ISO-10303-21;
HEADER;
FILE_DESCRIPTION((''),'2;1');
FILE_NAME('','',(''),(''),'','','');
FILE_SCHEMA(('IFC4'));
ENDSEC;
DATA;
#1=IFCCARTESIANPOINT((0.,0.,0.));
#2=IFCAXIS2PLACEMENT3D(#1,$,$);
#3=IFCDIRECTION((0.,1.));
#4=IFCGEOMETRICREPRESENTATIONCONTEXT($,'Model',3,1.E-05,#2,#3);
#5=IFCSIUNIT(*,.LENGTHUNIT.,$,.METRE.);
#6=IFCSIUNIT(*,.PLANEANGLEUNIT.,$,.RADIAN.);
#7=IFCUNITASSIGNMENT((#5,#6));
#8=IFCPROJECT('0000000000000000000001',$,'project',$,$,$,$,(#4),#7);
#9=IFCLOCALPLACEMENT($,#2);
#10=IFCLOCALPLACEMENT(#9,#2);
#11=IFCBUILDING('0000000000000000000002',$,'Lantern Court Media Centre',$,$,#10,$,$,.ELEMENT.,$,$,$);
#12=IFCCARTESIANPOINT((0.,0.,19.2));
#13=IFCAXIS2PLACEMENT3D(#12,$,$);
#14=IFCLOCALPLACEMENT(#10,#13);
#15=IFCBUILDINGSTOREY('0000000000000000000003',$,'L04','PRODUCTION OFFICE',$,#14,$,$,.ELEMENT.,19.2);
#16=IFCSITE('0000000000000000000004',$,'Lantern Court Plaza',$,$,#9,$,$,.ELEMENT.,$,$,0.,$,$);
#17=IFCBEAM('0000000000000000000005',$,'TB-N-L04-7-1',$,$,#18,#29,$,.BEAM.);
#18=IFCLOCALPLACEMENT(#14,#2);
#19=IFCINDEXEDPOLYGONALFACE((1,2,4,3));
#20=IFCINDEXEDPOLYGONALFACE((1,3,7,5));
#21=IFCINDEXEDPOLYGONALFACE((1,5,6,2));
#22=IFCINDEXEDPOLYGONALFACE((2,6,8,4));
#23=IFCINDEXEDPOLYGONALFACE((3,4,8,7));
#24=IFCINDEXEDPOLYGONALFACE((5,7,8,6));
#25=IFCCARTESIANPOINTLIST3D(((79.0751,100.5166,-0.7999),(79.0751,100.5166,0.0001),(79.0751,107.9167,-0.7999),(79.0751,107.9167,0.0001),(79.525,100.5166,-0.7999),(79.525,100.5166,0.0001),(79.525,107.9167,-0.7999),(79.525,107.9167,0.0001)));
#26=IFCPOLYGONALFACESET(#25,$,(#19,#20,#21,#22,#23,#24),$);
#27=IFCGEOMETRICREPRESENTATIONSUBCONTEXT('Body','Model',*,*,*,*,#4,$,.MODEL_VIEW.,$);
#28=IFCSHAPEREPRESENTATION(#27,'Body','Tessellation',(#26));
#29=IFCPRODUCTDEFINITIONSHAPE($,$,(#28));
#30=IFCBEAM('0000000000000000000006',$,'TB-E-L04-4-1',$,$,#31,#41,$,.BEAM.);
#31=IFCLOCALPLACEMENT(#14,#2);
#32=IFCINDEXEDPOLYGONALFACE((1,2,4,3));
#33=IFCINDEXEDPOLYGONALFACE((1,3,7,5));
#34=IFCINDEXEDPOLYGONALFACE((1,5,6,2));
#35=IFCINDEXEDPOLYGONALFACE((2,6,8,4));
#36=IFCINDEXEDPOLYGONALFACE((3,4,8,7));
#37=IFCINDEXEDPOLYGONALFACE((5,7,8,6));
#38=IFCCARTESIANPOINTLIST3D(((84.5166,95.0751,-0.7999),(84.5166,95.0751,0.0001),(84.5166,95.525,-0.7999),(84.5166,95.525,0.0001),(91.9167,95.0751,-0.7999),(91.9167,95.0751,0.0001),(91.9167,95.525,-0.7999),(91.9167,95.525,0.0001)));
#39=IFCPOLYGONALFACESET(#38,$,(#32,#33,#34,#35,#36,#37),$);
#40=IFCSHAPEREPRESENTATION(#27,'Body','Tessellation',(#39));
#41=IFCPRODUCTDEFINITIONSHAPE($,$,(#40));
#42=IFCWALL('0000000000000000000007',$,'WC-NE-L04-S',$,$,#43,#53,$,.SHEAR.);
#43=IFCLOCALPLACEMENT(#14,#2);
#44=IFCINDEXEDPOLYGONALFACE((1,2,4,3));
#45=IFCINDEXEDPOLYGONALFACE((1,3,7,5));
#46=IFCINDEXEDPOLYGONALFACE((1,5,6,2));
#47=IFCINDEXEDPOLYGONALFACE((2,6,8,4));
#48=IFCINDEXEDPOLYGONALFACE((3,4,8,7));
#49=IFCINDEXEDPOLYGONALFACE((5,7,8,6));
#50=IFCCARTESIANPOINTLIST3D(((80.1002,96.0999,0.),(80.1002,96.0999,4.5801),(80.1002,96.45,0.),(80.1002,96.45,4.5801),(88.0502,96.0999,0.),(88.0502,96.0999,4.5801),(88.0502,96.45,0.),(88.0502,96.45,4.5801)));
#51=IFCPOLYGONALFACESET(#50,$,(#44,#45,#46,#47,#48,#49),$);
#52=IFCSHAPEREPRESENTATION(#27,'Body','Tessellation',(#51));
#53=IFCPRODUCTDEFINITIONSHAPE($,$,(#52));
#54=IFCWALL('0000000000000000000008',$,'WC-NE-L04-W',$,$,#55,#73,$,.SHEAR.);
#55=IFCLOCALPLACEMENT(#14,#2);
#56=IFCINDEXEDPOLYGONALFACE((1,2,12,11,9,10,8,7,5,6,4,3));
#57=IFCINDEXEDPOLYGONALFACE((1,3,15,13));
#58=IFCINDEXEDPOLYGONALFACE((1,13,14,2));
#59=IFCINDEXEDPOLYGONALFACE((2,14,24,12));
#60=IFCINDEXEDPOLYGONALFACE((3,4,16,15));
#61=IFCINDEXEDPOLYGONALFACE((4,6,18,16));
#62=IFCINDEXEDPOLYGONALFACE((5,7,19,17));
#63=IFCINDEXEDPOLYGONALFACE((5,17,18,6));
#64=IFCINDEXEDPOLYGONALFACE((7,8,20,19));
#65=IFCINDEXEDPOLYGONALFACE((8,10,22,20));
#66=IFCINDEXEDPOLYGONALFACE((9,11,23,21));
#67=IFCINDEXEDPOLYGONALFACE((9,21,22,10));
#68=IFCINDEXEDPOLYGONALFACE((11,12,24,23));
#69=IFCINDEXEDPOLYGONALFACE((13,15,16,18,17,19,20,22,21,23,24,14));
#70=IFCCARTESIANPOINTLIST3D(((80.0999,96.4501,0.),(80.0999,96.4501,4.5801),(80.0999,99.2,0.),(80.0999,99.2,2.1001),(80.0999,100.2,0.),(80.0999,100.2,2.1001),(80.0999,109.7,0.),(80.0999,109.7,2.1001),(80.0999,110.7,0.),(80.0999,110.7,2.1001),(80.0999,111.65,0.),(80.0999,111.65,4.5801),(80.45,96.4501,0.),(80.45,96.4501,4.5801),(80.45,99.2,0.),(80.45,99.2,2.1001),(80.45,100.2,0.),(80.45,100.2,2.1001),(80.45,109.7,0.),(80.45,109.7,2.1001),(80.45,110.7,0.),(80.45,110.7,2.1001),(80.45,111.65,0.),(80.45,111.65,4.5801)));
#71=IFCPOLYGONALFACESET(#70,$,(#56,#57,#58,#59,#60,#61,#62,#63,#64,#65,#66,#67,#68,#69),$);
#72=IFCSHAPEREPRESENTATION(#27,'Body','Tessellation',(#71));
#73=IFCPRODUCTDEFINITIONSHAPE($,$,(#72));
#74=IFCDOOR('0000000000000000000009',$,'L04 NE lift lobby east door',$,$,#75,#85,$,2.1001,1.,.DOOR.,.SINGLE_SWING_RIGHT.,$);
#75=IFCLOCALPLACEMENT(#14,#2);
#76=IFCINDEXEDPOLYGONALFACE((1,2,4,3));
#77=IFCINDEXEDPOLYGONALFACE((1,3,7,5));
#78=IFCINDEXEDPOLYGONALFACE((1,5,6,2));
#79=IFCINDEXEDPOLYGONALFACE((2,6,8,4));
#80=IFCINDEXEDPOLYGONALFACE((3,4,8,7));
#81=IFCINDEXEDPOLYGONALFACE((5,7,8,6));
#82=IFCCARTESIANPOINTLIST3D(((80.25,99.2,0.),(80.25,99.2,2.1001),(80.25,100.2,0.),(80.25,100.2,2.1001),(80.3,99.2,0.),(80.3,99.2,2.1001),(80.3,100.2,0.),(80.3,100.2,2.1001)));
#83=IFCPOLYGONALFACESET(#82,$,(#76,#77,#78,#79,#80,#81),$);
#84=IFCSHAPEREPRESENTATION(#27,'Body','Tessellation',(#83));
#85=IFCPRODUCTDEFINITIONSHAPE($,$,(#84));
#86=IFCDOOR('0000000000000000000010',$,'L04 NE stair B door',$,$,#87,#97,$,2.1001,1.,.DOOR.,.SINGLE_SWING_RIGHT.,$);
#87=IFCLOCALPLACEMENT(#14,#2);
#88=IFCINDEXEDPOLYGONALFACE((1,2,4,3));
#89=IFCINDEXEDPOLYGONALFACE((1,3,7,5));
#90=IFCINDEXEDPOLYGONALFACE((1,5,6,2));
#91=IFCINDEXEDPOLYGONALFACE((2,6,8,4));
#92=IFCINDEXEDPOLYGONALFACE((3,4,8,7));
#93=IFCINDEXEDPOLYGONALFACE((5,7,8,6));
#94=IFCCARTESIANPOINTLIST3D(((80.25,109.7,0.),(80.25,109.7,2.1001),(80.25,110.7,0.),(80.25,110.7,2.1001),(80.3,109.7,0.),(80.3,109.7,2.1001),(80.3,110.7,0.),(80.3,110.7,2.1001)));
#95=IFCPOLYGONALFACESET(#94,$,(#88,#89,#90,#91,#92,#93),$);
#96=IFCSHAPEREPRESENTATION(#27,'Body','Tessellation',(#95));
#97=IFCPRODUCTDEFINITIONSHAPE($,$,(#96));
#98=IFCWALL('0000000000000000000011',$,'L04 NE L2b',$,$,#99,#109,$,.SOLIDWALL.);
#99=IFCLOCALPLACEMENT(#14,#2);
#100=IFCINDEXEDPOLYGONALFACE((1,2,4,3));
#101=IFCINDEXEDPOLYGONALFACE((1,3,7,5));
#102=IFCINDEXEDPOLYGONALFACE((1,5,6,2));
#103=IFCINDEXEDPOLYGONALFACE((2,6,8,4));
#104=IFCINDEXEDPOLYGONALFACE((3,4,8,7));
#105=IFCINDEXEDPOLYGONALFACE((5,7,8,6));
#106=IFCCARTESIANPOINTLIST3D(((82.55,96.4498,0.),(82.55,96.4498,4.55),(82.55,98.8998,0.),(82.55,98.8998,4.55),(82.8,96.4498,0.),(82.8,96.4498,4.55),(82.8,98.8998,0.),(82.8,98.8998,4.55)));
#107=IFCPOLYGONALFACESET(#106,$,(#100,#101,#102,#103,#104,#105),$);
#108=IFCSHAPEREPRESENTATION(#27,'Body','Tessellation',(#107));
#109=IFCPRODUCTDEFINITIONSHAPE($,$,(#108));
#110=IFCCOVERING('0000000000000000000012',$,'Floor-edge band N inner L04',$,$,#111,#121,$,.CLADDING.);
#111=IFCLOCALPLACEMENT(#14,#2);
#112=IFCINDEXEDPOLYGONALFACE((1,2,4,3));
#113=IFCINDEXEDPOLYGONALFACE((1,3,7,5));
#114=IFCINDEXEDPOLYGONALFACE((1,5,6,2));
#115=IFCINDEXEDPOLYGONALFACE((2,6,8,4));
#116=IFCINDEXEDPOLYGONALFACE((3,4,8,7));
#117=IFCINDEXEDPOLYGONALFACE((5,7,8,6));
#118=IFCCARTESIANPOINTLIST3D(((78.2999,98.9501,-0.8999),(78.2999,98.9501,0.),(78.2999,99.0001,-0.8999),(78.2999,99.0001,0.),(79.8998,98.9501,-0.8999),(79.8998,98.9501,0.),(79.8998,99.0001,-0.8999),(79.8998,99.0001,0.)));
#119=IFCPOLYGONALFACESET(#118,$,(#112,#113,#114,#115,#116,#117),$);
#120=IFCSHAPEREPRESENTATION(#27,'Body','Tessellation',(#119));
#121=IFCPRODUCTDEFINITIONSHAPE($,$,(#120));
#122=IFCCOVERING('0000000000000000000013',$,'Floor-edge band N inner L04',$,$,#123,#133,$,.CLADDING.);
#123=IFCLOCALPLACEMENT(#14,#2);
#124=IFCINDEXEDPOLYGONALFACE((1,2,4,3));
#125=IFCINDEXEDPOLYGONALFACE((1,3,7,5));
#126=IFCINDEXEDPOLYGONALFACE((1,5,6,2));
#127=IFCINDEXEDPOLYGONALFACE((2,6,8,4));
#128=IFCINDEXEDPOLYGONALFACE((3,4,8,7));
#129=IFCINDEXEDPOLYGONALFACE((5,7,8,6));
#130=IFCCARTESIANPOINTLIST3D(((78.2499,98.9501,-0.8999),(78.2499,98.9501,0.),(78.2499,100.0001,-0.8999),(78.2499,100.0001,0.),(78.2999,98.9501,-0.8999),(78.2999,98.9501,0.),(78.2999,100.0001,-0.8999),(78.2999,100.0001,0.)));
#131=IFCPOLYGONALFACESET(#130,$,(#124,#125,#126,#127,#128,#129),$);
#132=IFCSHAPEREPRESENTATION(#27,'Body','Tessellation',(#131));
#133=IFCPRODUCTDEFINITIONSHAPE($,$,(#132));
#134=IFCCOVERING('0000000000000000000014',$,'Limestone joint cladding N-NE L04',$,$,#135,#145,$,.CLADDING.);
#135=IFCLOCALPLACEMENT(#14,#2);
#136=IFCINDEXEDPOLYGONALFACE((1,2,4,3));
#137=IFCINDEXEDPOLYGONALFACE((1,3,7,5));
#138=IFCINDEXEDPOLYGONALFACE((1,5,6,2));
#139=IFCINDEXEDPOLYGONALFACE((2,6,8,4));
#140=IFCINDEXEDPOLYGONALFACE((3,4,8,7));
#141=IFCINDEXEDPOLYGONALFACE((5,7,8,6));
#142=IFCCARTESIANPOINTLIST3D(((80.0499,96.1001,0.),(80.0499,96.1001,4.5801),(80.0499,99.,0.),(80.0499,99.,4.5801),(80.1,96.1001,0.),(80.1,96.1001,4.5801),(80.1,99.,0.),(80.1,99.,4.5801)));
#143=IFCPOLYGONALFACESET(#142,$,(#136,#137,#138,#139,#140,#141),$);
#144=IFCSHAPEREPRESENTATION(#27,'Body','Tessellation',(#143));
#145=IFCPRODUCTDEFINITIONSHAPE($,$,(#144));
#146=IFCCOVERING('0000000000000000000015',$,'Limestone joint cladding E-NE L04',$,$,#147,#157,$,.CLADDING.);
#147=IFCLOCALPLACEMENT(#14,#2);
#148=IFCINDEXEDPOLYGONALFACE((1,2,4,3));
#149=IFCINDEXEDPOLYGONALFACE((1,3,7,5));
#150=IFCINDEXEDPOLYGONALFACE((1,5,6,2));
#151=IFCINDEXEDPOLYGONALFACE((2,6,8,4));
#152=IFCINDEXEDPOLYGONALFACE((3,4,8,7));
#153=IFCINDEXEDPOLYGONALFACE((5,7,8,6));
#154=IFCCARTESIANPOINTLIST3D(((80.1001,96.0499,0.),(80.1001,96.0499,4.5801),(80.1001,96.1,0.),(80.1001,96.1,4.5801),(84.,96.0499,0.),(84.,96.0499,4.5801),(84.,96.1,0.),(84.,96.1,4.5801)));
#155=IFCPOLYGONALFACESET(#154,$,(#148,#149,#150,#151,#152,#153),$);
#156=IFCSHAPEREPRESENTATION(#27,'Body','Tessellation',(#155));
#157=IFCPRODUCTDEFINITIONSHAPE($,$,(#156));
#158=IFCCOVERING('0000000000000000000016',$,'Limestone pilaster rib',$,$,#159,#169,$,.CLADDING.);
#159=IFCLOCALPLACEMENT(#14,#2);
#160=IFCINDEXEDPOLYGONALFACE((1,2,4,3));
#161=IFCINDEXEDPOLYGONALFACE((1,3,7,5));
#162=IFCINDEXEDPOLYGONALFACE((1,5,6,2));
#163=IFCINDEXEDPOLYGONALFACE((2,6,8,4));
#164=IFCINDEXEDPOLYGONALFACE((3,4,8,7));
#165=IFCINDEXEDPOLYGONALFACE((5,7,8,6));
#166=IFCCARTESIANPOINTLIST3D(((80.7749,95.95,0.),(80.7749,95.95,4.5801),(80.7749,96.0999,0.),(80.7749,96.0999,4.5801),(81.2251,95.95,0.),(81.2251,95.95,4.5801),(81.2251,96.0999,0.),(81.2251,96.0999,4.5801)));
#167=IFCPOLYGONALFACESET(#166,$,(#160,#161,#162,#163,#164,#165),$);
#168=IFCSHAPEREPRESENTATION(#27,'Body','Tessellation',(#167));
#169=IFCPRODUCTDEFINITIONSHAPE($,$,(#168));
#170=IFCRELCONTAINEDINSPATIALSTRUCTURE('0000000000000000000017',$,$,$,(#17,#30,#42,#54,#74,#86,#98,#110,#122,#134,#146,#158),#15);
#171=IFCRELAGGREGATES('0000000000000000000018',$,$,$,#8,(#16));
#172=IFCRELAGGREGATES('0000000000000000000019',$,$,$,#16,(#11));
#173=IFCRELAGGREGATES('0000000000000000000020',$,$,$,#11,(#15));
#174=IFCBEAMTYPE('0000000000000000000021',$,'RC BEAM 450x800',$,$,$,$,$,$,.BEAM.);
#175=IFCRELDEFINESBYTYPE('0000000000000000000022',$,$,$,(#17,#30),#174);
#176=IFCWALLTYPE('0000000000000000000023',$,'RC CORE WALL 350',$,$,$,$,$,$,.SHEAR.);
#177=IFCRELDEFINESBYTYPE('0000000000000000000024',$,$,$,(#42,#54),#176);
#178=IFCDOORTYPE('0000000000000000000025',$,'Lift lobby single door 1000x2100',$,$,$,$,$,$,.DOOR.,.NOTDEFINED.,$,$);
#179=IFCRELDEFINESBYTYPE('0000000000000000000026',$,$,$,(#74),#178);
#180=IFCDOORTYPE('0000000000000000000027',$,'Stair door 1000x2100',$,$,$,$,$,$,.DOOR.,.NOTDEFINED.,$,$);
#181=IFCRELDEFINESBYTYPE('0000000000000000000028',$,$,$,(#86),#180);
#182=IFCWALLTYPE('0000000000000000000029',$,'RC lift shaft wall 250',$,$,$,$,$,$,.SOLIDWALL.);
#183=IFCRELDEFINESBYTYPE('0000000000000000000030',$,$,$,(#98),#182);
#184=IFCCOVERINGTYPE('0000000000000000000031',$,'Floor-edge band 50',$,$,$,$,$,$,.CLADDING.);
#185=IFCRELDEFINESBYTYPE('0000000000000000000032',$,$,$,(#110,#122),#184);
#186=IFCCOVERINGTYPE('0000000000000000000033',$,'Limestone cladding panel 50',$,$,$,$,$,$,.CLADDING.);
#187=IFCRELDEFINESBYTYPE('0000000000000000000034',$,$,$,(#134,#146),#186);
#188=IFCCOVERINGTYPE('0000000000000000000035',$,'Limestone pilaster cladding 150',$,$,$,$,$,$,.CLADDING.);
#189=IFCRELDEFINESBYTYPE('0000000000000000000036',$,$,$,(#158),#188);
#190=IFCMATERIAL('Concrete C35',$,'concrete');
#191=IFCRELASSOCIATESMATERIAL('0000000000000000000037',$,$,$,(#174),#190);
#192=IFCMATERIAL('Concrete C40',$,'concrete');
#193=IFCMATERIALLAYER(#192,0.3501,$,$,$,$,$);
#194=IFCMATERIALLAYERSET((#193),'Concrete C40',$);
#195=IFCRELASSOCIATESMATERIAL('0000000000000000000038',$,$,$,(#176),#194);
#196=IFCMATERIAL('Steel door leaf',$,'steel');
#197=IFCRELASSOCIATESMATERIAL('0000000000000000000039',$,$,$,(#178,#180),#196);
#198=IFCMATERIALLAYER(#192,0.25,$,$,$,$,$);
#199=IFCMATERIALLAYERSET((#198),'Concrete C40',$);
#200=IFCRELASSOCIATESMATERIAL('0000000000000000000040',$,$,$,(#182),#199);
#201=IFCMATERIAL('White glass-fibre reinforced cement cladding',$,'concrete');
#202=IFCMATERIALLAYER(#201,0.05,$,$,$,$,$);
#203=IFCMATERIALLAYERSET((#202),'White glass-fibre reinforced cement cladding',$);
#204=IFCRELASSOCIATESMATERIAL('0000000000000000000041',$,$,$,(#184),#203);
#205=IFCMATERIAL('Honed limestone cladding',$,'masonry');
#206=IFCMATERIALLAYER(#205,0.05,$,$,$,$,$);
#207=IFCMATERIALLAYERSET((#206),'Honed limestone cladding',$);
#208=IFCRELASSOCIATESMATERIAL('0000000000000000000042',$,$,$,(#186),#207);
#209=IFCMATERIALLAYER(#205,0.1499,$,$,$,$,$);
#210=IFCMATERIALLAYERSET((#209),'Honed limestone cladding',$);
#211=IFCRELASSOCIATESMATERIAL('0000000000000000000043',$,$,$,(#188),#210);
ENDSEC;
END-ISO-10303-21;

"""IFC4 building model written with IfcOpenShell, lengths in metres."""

from ifc_helpers import new_model, si_unit, direction, frame, frame_2d, origin, origin_2d, place, context, subcontext, project, spatial, rectangle, extrude, material, layer, layer_set, material_profile, profile_set, type_object, element, fill, save


model = new_model("IFC4")

# Units and contexts
model_context = context("Model", 3, precision=1e-05, world=origin(), true_north=direction((0.0, 1.0)))
body_context = subcontext(model_context, "Body", "Model", "MODEL_VIEW")
ifc_project = project(units=[si_unit("LENGTHUNIT", "METRE"), si_unit("PLANEANGLEUNIT", "RADIAN")], contexts=[model_context])

# Site, building, storey
site_placement = place(None, origin())
site = spatial("IfcSite", under=ifc_project, at=site_placement, Name="Lantern Court Plaza", CompositionType="ELEMENT", RefElevation=0.0)
building_placement = place(site_placement, origin())
building = spatial("IfcBuilding", under=site, at=building_placement, Name="Lantern Court Media Centre", CompositionType="ELEMENT")
storey_placement = place(building_placement, frame((0.0, 0.0, 19.2)))
storey = spatial("IfcBuildingStorey", under=building, at=storey_placement, Name="L04", Description="PRODUCTION OFFICE", CompositionType="ELEMENT", Elevation=19.2)

# Shared definitions
ifc_material_1 = material(Name="Concrete C35", Category="concrete")

# Beams
ifc_material_profile_1 = material_profile(ifc_material_1, rectangle(XDim=0.45, YDim=0.8, at=origin_2d()), Name="RC 450x800")
ifc_profile_set_1 = profile_set([ifc_material_profile_1], Name="Concrete C35")
beam_type_1 = type_object("IfcBeamType", Name="RC BEAM 450x800", PredefinedType="BEAM", material=ifc_profile_set_1)
for number, where, z_axis, x_axis, name in (
    (1, (79.3, 100.5166, -0.3999), (0.0, 1.0, 0.0), (-1.0, 0.0, 0.0), "TB-N-L04-7-1"),
    (2, (84.5166, 95.3, -0.3999), (1.0, 0.0, 0.0), (0.0, 1.0, 0.0), "TB-E-L04-4-1"),
):
    element("IfcBeam", number, at=place(storey_placement, frame(where, z_axis=z_axis, x_axis=x_axis)), inside=storey, type_object=beam_type_1, Name=name, PredefinedType="BEAM", context=body_context, shape_type="SweptSolid", body=[
        extrude(rectangle(XDim=0.45, YDim=0.8, at=origin_2d()), origin(), (0.0, 0.0, 1.0), 7.4001),
    ])

# Wall
ifc_material_2 = material(Name="Concrete C40", Category="concrete")
ifc_layer_1 = layer(ifc_material_2, 0.3501)
ifc_layer_set_1 = layer_set([ifc_layer_1], Name="Concrete C40")
wall_type_1 = type_object("IfcWallType", Name="RC CORE WALL 350", PredefinedType="SHEAR", material=ifc_layer_set_1)
wall_1_placement = place(storey_placement, frame((80.1001, 96.2749, 0.0), z_axis=(0.0, 0.0, 1.0), x_axis=(1.0, 0.0, 0.0)))
element("IfcWall", 3, at=wall_1_placement, inside=storey, type_object=wall_type_1, Name="WC-NE-L04-S", PredefinedType="SHEAR", context=body_context, shape_type="SweptSolid", body=[
    extrude(rectangle(XDim=7.95, YDim=0.3501, at=frame_2d((3.9751, 0.0))), origin(), (0.0, 0.0, 1.0), 4.5801),
])

# Wall, openings, doors
wall_2_placement = place(storey_placement, frame((80.2749, 96.45, 0.0), z_axis=(0.0, 0.0, 1.0), x_axis=(0.0, 1.0, 0.0)))
wall_2 = element("IfcWall", 4, at=wall_2_placement, inside=storey, type_object=wall_type_1, Name="WC-NE-L04-W", PredefinedType="SHEAR", context=body_context, shape_type="SweptSolid", body=[
    extrude(rectangle(XDim=15.2, YDim=0.3501, at=frame_2d((7.6001, 0.0))), origin(), (0.0, 0.0, 1.0), 4.5801),
])
opening_1_placement = place(wall_2_placement, frame((13.25, 0.0, 0.0)))
opening_1 = element("IfcOpeningElement", 5, at=opening_1_placement, cuts=wall_2, PredefinedType="OPENING", context=body_context, shape_type="SweptSolid", body=[
    extrude(rectangle(XDim=1.0, YDim=2.1001, at=frame_2d((0.5, 1.05))), frame((0.0, 0.1851, 0.0), z_axis=(0.0, -1.0, 0.0), x_axis=(1.0, 0.0, 0.0)), (0.0, 0.0, 1.0), 0.3701),
])
opening_2_placement = place(wall_2_placement, frame((2.75, 0.0, 0.0)))
opening_2 = element("IfcOpeningElement", 6, at=opening_2_placement, cuts=wall_2, PredefinedType="OPENING", context=body_context, shape_type="SweptSolid", body=[
    extrude(rectangle(XDim=1.0, YDim=2.1001, at=frame_2d((0.5, 1.05))), frame((0.0, 0.1851, 0.0), z_axis=(0.0, -1.0, 0.0), x_axis=(1.0, 0.0, 0.0)), (0.0, 0.0, 1.0), 0.3701),
])
ifc_material_3 = material(Name="Steel door leaf", Category="steel")
door_type_1 = type_object("IfcDoorType", Name="Lift lobby single door 1000x2100", OperationType="NOTDEFINED", PredefinedType="DOOR", material=ifc_material_3)
door_1_placement = place(opening_2_placement, origin())
door_1 = element("IfcDoor", 7, at=door_1_placement, inside=storey, type_object=door_type_1, Name="L04 NE lift lobby east door", OperationType="SINGLE_SWING_RIGHT", OverallHeight=2.1001, OverallWidth=1.0, PredefinedType="DOOR", context=body_context, shape_type="SweptSolid", body=[
    extrude(rectangle(XDim=1.0, YDim=2.1001, at=frame_2d((0.5, 1.05))), frame((0.0, 0.0249, 0.0), z_axis=(0.0, -1.0, 0.0), x_axis=(1.0, 0.0, 0.0)), (0.0, 0.0, 1.0), 0.05),
])
fill(opening_2, door_1)
door_type_2 = type_object("IfcDoorType", Name="Stair door 1000x2100", OperationType="NOTDEFINED", PredefinedType="DOOR", material=ifc_material_3)
door_2_placement = place(opening_1_placement, origin())
door_2 = element("IfcDoor", 8, at=door_2_placement, inside=storey, type_object=door_type_2, Name="L04 NE stair B door", OperationType="SINGLE_SWING_RIGHT", OverallHeight=2.1001, OverallWidth=1.0, PredefinedType="DOOR", context=body_context, shape_type="SweptSolid", body=[
    extrude(rectangle(XDim=1.0, YDim=2.1001, at=frame_2d((0.5, 1.05))), frame((0.0, 0.0249, 0.0), z_axis=(0.0, -1.0, 0.0), x_axis=(1.0, 0.0, 0.0)), (0.0, 0.0, 1.0), 0.05),
])
fill(opening_1, door_2)

# Wall
ifc_layer_2 = layer(ifc_material_2, 0.25)
ifc_layer_set_2 = layer_set([ifc_layer_2], Name="Concrete C40")
wall_type_2 = type_object("IfcWallType", Name="RC lift shaft wall 250", PredefinedType="SOLIDWALL", material=ifc_layer_set_2)
wall_3_placement = place(storey_placement, frame((82.675, 98.8999, 0.0), z_axis=(0.0, 0.0, 1.0), x_axis=(0.0, -1.0, 0.0)))
element("IfcWall", 9, at=wall_3_placement, inside=storey, type_object=wall_type_2, Name="L04 NE L2b", PredefinedType="SOLIDWALL", context=body_context, shape_type="SweptSolid", body=[
    extrude(rectangle(XDim=2.45, YDim=0.25, at=frame_2d((1.2251, 0.0))), origin(), (0.0, 0.0, 1.0), 4.55),
])

# Coverings
ifc_material_4 = material(Name="White glass-fibre reinforced cement cladding", Category="concrete")
ifc_layer_3 = layer(ifc_material_4, 0.05)
ifc_layer_set_3 = layer_set([ifc_layer_3], Name="White glass-fibre reinforced cement cladding")
covering_type_1 = type_object("IfcCoveringType", Name="Floor-edge band 50", PredefinedType="CLADDING", material=ifc_layer_set_3)
covering_1_placement = place(storey_placement, frame((78.3, 98.9751, -0.8999), z_axis=(0.0, 0.0, 1.0), x_axis=(1.0, 0.0, 0.0)))
element("IfcCovering", 10, at=covering_1_placement, inside=storey, type_object=covering_type_1, Name="Floor-edge band N inner L04", PredefinedType="CLADDING", context=body_context, shape_type="SweptSolid", body=[
    extrude(rectangle(XDim=1.5999, YDim=0.05, at=frame_2d((0.7998, 0.0))), origin(), (0.0, 0.0, 1.0), 0.8999),
])
covering_2_placement = place(storey_placement, frame((78.2749, 100.0, -0.8999), z_axis=(0.0, 0.0, 1.0), x_axis=(0.0, -1.0, 0.0)))
element("IfcCovering", 11, at=covering_2_placement, inside=storey, type_object=covering_type_1, Name="Floor-edge band N inner L04", PredefinedType="CLADDING", context=body_context, shape_type="SweptSolid", body=[
    extrude(rectangle(XDim=1.05, YDim=0.05, at=frame_2d((0.5249, 0.0))), origin(), (0.0, 0.0, 1.0), 0.8999),
])
ifc_material_5 = material(Name="Honed limestone cladding", Category="masonry")
ifc_layer_4 = layer(ifc_material_5, 0.05)
ifc_layer_set_4 = layer_set([ifc_layer_4], Name="Honed limestone cladding")
covering_type_2 = type_object("IfcCoveringType", Name="Limestone cladding panel 50", PredefinedType="CLADDING", material=ifc_layer_set_4)
covering_3_placement = place(storey_placement, frame((80.075, 96.1001, 0.0), z_axis=(0.0, 0.0, 1.0), x_axis=(0.0, 1.0, 0.0)))
element("IfcCovering", 12, at=covering_3_placement, inside=storey, type_object=covering_type_2, Name="Limestone joint cladding N-NE L04", PredefinedType="CLADDING", context=body_context, shape_type="SweptSolid", body=[
    extrude(rectangle(XDim=2.8999, YDim=0.05, at=frame_2d((1.45, 0.0))), origin(), (0.0, 0.0, 1.0), 4.5801),
])
covering_4_placement = place(storey_placement, frame((80.1001, 96.075, 0.0), z_axis=(0.0, 0.0, 1.0), x_axis=(1.0, 0.0, 0.0)))
element("IfcCovering", 13, at=covering_4_placement, inside=storey, type_object=covering_type_2, Name="Limestone joint cladding E-NE L04", PredefinedType="CLADDING", context=body_context, shape_type="SweptSolid", body=[
    extrude(rectangle(XDim=3.8999, YDim=0.05, at=frame_2d((1.95, 0.0))), origin(), (0.0, 0.0, 1.0), 4.5801),
])
ifc_layer_5 = layer(ifc_material_5, 0.1499)
ifc_layer_set_5 = layer_set([ifc_layer_5], Name="Honed limestone cladding")
covering_type_3 = type_object("IfcCoveringType", Name="Limestone pilaster cladding 150", PredefinedType="CLADDING", material=ifc_layer_set_5)
covering_5_placement = place(storey_placement, frame((80.7749, 96.0249, 0.0), z_axis=(0.0, 0.0, 1.0), x_axis=(1.0, 0.0, 0.0)))
element("IfcCovering", 14, at=covering_5_placement, inside=storey, type_object=covering_type_3, Name="Limestone pilaster rib", PredefinedType="CLADDING", context=body_context, shape_type="SweptSolid", body=[
    extrude(rectangle(XDim=0.4502, YDim=0.1499, at=frame_2d((0.2251, 0.0))), origin(), (0.0, 0.0, 1.0), 4.5801),
])

save(model, "model.ifc")
